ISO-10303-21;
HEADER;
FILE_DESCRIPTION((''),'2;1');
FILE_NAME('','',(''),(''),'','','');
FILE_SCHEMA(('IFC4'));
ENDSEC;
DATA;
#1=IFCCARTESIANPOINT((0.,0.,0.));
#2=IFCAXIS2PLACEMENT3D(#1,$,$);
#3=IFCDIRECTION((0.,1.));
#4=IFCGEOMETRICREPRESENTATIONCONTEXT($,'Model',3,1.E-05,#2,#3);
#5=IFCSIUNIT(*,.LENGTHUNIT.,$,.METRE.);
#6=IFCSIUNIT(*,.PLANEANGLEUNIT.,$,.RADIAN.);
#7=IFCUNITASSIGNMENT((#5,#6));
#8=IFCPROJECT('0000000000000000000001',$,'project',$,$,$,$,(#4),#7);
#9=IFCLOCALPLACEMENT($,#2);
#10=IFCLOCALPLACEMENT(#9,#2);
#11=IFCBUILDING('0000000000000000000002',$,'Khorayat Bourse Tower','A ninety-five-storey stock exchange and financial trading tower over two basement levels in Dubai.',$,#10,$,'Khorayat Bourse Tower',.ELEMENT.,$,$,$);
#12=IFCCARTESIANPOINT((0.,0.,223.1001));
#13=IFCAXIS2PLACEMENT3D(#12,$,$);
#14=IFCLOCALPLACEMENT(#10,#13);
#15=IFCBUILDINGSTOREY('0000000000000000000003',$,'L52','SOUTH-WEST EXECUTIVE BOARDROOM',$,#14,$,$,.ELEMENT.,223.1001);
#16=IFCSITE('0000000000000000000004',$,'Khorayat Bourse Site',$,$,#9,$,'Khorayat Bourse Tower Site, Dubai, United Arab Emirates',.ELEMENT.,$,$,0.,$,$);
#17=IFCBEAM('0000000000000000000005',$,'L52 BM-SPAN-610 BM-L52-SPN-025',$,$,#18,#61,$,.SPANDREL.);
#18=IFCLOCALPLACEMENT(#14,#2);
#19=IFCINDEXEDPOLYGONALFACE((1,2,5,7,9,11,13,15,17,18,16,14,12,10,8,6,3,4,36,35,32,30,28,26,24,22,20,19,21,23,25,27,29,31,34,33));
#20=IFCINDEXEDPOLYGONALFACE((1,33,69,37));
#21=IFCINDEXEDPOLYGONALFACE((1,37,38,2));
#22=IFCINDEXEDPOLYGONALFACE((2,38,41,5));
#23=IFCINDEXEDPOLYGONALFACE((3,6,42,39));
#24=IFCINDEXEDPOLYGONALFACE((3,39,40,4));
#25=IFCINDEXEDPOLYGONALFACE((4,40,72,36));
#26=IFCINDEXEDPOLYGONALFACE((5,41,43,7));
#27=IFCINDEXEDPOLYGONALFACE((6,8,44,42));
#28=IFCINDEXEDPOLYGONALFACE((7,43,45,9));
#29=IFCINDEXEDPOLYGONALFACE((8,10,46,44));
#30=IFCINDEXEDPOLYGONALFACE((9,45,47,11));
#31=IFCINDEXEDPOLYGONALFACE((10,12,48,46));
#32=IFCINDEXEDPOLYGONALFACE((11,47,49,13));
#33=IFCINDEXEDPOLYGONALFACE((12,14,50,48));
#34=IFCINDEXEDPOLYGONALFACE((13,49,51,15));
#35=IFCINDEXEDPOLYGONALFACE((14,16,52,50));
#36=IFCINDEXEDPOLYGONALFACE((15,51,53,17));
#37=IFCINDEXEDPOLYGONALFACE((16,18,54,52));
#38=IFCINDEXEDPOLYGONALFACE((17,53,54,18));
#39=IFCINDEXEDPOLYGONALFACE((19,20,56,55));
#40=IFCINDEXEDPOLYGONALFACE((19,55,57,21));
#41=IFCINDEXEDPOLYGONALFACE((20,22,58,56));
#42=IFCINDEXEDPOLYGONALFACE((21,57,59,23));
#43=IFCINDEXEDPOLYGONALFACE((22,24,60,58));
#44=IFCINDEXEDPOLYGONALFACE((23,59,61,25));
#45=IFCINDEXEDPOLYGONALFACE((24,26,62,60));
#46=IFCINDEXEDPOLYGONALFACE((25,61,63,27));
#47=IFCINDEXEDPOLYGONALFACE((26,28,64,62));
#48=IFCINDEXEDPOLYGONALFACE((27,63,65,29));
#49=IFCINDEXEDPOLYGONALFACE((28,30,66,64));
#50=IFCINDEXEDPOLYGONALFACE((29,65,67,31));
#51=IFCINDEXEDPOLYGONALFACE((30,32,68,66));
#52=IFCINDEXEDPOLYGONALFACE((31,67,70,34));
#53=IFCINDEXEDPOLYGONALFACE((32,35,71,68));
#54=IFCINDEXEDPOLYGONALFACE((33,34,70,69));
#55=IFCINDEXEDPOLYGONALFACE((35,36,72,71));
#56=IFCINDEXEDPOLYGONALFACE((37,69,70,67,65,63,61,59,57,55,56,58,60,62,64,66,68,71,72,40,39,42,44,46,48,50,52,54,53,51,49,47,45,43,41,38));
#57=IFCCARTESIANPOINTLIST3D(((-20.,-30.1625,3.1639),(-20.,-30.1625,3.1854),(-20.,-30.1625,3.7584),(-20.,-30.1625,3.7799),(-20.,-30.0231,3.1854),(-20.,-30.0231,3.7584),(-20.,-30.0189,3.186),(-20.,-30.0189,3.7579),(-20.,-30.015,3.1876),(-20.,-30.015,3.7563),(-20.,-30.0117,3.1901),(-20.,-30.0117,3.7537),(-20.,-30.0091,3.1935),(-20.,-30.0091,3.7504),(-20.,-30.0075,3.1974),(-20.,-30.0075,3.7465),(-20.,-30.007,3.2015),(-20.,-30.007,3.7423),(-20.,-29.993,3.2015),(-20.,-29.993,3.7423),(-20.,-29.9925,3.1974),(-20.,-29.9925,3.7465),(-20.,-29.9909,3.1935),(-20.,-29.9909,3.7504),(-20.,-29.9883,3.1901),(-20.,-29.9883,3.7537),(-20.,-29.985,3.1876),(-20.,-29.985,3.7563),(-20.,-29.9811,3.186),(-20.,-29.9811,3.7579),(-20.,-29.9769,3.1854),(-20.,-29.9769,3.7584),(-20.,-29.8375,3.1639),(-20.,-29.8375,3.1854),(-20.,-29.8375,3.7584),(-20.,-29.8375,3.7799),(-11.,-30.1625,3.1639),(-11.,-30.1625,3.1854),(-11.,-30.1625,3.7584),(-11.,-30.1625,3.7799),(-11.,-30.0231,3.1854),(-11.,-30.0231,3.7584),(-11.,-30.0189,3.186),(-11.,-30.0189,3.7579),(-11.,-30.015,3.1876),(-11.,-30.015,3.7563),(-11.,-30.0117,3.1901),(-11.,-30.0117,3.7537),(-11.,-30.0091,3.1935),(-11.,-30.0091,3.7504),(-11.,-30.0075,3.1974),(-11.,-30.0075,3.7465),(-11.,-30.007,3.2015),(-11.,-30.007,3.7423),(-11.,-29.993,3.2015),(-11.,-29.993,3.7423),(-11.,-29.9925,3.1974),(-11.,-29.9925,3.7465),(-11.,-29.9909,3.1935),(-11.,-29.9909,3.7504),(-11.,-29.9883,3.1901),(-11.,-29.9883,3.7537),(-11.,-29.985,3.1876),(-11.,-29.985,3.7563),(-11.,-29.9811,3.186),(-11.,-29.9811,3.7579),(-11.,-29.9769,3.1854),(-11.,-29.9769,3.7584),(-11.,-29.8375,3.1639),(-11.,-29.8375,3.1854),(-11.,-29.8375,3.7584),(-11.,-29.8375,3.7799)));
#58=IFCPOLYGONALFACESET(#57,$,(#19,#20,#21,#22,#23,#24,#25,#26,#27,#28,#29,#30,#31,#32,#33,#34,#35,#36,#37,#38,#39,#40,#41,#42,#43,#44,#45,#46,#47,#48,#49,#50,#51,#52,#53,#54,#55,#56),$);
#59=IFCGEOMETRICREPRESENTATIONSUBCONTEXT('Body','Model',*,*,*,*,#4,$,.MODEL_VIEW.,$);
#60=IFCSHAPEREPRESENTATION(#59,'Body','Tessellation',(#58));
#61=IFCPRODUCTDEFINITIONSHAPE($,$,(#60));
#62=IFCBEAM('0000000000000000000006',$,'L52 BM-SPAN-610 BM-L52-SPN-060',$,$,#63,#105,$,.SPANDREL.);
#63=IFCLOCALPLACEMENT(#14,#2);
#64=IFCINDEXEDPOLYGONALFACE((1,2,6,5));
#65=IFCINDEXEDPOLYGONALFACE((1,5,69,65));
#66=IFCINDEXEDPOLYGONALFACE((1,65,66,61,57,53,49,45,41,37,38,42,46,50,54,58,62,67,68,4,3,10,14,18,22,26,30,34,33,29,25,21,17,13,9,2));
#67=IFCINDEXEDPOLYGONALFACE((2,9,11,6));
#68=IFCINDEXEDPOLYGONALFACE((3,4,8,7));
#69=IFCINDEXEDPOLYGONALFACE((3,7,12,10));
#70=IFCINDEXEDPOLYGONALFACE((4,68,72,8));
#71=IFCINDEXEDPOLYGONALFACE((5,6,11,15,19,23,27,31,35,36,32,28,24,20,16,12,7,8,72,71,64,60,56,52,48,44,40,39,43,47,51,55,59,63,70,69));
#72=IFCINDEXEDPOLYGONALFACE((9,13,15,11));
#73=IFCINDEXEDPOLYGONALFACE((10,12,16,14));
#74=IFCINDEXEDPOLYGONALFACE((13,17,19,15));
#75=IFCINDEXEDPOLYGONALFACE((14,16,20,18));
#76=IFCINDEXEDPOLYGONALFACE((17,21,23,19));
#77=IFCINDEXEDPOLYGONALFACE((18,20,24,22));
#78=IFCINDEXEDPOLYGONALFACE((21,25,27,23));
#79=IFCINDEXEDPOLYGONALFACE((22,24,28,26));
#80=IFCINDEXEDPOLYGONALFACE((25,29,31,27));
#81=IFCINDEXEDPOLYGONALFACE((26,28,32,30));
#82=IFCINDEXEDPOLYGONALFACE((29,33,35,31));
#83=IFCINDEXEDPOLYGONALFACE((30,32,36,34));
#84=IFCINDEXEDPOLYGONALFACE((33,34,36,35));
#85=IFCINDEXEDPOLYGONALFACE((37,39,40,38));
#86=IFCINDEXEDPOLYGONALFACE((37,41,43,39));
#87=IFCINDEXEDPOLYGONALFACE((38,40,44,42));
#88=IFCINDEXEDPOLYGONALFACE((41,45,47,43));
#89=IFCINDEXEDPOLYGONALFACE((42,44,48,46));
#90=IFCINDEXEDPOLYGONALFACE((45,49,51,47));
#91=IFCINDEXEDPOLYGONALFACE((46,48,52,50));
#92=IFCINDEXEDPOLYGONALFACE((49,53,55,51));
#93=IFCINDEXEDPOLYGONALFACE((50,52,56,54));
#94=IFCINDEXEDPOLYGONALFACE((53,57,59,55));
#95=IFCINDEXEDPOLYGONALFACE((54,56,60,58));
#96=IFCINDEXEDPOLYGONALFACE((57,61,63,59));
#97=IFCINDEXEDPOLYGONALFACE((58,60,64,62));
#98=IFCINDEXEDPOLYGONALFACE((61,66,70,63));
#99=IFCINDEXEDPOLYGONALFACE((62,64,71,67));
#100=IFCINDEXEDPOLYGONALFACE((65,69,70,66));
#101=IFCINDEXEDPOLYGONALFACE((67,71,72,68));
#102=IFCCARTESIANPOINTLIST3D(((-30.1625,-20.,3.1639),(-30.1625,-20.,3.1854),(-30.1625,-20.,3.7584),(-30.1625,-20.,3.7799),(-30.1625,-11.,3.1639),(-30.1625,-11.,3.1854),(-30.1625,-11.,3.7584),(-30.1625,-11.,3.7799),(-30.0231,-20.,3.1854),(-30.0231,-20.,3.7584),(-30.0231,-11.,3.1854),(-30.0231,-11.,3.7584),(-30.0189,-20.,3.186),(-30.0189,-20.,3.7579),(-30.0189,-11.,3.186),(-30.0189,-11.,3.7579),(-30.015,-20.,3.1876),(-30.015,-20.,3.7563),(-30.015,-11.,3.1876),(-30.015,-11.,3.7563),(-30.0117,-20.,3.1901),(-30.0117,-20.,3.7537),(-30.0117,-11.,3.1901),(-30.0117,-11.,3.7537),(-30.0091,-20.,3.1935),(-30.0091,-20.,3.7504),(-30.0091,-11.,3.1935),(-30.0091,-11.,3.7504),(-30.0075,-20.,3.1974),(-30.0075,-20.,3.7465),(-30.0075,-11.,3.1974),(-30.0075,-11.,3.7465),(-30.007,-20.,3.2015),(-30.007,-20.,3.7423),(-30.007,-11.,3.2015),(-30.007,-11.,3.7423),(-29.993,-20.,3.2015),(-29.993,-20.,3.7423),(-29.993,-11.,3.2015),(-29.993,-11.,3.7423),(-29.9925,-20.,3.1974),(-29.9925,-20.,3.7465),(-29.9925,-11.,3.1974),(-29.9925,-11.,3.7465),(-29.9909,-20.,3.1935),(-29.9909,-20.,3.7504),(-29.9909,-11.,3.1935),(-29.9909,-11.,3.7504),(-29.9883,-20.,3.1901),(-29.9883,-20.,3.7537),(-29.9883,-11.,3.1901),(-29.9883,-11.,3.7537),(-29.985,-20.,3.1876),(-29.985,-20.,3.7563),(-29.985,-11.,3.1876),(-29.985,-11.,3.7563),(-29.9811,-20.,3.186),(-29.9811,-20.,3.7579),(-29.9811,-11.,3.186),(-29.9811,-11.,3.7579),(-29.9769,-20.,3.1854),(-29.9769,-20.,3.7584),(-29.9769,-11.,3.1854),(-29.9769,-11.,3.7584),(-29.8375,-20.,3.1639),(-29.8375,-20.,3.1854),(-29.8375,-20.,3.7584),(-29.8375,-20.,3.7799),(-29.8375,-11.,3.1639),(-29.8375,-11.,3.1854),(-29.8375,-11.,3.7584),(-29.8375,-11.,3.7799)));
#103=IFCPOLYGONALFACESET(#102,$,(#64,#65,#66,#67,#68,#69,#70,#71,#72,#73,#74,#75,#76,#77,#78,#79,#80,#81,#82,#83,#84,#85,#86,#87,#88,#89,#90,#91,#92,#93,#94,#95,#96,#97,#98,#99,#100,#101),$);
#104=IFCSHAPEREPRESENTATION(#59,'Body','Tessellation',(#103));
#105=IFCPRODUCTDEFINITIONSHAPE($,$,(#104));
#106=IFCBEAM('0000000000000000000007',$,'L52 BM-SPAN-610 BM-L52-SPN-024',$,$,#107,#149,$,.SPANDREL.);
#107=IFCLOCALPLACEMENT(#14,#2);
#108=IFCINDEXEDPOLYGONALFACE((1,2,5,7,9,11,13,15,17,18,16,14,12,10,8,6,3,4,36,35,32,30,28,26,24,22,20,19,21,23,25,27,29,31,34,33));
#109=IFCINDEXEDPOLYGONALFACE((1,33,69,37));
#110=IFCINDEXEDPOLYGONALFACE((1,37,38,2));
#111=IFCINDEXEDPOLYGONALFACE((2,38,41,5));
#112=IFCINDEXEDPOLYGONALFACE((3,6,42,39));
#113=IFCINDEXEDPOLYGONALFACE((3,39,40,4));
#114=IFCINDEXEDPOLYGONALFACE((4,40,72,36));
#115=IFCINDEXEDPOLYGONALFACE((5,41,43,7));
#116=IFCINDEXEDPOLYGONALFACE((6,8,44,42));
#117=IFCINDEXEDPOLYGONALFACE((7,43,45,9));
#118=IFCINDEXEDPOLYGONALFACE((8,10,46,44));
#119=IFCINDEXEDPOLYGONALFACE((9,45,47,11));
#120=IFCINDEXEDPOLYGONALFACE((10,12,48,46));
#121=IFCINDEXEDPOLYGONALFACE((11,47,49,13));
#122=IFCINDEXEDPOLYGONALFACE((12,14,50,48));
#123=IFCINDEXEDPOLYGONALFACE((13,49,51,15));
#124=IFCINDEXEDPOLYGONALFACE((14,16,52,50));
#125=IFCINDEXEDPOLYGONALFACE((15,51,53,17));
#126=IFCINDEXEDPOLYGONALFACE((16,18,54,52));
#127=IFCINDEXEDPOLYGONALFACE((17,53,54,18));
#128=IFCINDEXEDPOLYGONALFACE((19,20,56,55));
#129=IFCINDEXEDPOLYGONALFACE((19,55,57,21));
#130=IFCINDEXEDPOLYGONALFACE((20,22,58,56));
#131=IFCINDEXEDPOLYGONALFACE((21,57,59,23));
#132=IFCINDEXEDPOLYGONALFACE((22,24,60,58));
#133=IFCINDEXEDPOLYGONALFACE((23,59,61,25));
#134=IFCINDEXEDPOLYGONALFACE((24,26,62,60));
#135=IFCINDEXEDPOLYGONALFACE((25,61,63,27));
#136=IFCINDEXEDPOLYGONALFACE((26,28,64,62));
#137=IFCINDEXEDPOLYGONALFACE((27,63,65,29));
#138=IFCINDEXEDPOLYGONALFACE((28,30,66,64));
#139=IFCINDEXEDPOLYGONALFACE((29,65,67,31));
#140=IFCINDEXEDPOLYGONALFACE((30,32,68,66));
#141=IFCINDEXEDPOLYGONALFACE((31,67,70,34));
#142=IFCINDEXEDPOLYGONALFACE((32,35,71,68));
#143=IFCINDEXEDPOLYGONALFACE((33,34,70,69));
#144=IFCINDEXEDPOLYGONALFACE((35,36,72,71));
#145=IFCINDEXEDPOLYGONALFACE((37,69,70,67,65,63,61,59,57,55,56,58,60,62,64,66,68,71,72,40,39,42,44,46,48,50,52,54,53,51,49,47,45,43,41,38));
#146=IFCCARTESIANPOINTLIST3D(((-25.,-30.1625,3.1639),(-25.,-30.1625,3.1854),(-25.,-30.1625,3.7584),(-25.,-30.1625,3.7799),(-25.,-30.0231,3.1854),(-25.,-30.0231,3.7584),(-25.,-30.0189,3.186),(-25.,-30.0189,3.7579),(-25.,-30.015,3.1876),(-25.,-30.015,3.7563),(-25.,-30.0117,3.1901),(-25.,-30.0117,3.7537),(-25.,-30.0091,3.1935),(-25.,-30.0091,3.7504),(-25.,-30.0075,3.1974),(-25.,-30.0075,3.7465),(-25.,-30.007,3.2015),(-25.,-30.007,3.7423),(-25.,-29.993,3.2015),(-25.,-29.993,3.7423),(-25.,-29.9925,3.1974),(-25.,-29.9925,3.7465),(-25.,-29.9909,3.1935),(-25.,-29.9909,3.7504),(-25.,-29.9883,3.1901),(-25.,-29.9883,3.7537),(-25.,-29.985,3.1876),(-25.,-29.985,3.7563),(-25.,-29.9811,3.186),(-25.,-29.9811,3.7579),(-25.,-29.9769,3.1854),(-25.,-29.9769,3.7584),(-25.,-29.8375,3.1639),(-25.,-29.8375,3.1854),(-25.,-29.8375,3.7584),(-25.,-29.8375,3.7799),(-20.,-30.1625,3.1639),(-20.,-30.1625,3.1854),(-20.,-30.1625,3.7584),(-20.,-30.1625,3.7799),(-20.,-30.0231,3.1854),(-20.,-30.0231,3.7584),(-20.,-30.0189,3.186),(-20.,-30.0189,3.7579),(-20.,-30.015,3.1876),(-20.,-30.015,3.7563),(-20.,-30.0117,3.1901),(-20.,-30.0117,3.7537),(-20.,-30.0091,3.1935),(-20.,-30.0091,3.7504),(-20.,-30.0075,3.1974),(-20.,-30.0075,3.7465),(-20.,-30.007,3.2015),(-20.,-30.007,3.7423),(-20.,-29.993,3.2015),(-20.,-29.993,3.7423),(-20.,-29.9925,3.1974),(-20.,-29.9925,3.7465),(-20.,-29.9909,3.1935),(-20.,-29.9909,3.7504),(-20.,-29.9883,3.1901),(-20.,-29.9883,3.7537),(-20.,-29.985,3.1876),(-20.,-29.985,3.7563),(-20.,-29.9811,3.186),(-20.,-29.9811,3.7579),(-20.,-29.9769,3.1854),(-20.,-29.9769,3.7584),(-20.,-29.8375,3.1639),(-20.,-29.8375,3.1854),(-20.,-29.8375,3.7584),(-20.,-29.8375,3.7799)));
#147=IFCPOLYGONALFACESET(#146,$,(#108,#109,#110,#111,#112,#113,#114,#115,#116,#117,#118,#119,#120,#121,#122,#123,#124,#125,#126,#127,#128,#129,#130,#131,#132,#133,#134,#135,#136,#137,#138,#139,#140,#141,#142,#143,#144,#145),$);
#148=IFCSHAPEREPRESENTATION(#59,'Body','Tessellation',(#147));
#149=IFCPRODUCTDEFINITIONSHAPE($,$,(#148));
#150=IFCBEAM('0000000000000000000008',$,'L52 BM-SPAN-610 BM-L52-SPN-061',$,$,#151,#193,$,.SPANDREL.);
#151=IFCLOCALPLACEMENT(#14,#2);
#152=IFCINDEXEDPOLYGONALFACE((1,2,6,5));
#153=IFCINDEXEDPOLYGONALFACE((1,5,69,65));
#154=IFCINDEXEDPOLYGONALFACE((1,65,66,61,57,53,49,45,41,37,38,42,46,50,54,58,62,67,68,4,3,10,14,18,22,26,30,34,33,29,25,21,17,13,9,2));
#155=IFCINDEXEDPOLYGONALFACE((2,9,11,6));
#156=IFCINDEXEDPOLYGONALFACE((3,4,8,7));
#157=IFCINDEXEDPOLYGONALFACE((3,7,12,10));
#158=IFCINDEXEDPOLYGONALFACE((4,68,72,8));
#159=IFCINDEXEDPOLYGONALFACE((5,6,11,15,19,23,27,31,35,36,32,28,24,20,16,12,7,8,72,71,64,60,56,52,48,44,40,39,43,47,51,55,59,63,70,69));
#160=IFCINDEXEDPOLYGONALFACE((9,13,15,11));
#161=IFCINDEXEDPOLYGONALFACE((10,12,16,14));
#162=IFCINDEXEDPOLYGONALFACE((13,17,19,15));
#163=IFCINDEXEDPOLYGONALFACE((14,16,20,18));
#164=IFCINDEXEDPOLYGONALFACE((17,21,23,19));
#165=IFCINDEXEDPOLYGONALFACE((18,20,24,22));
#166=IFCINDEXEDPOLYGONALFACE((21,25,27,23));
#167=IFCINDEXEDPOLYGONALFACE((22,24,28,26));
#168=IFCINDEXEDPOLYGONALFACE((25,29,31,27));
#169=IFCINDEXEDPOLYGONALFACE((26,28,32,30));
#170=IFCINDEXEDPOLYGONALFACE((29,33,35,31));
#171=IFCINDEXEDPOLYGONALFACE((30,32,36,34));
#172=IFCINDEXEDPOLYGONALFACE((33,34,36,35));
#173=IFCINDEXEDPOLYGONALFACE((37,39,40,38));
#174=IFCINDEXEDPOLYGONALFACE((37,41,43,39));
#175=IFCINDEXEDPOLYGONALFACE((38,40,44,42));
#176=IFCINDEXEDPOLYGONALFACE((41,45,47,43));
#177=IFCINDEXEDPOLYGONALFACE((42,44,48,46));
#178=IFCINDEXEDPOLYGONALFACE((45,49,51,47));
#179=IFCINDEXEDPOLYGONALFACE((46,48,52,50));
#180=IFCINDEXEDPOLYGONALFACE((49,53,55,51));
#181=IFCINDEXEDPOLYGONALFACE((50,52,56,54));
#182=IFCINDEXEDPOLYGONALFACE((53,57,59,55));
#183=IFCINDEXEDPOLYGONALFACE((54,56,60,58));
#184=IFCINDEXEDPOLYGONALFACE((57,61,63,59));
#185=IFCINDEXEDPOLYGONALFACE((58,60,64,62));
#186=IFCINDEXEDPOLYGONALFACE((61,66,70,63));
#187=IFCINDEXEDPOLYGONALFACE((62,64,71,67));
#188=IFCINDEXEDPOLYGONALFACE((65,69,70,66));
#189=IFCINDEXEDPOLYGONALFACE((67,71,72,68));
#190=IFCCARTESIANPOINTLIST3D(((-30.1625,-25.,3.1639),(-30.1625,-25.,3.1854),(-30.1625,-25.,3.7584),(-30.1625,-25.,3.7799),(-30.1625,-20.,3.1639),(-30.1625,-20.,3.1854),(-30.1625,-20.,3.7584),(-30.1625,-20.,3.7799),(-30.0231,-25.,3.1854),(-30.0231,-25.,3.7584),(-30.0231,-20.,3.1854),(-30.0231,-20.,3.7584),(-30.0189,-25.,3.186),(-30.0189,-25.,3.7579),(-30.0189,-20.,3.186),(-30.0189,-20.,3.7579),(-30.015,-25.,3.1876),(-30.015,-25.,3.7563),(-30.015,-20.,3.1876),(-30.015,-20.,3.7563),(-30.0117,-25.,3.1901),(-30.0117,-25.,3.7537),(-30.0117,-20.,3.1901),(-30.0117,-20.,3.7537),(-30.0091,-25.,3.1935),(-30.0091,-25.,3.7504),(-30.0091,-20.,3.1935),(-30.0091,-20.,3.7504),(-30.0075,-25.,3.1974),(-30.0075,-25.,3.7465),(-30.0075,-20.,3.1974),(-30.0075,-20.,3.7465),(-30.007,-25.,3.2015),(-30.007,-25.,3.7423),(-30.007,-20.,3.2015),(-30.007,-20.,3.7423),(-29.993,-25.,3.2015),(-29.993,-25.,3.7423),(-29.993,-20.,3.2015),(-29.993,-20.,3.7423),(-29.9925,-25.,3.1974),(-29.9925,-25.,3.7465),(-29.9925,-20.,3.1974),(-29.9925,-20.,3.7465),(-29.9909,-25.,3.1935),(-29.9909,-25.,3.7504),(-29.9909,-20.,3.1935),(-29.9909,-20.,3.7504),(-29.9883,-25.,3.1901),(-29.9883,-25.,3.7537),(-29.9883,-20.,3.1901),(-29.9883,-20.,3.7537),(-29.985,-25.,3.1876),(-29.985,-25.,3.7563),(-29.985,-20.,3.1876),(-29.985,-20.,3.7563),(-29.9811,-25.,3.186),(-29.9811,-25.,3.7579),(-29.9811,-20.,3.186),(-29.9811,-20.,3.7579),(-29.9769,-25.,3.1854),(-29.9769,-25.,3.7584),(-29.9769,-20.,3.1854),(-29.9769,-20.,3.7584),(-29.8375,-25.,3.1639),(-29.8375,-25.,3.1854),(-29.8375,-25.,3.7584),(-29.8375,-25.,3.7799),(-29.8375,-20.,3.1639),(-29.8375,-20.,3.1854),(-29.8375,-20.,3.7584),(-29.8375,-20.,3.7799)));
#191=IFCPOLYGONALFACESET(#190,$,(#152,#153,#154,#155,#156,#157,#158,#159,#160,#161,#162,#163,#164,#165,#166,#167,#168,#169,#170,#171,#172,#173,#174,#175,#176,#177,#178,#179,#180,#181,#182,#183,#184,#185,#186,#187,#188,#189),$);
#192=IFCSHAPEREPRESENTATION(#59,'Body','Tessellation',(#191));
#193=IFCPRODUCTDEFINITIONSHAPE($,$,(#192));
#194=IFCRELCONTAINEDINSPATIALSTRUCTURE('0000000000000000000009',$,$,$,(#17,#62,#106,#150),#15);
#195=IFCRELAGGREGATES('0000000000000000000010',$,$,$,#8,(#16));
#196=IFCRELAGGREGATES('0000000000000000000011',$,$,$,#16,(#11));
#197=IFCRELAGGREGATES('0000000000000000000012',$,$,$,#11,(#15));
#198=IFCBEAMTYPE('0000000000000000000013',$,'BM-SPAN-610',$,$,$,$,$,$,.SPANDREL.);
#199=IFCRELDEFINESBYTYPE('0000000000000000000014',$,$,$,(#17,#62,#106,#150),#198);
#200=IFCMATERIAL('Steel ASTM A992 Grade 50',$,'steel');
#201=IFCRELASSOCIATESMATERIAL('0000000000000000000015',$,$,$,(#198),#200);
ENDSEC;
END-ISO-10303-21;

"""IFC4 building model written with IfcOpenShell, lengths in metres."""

from ifc_helpers import new_model, si_unit, direction, frame, origin, origin_2d, place, context, subcontext, project, spatial, i_section, extrude, source, transform, mapped, material, material_profile, profile_set, type_object, element, save


model = new_model("IFC4")

# Units and contexts
model_context = context("Model", 3, precision=1e-05, world=origin(), true_north=direction((0.0, 1.0)))
body_context = subcontext(model_context, "Body", "Model", "MODEL_VIEW")
ifc_project = project(units=[si_unit("LENGTHUNIT", "METRE"), si_unit("PLANEANGLEUNIT", "RADIAN")], contexts=[model_context])

# Site, building, storey
site_placement = place(None, origin())
site = spatial("IfcSite", under=ifc_project, at=site_placement, Name="Khorayat Bourse Site", LongName="Khorayat Bourse Tower Site, Dubai, United Arab Emirates", CompositionType="ELEMENT", RefElevation=0.0)
building_placement = place(site_placement, origin())
building = spatial("IfcBuilding", under=site, at=building_placement, Name="Khorayat Bourse Tower", Description="A ninety-five-storey stock exchange and financial trading tower over two basement levels in Dubai.", LongName="Khorayat Bourse Tower", CompositionType="ELEMENT")
storey_placement = place(building_placement, frame((0.0, 0.0, 223.1001)))
storey = spatial("IfcBuildingStorey", under=building, at=storey_placement, Name="L52", Description="SOUTH-WEST EXECUTIVE BOARDROOM", CompositionType="ELEMENT", Elevation=223.1001)

# Beams
ifc_material_1 = material(Name="Steel ASTM A992 Grade 50", Category="steel")
ifc_material_profile_1 = material_profile(ifc_material_1, i_section(OverallWidth=0.325, OverallDepth=0.616, WebThickness=0.0139, FlangeThickness=0.0215, FilletRadius=0.0161, at=origin_2d()), Name="W610X174")
ifc_profile_set_1 = profile_set([ifc_material_profile_1], Name="Steel ASTM A992 Grade 50")
beam_type_1 = type_object("IfcBeamType", Name="BM-SPAN-610", PredefinedType="SPANDREL", material=ifc_profile_set_1)
shared_shape_1 = source(origin(), body_context, "Body", "SweptSolid", [
    extrude(i_section(OverallWidth=0.325, OverallDepth=0.616, WebThickness=0.0139, FlangeThickness=0.0215, FilletRadius=0.0161, at=origin_2d()), origin(), (0.0, 0.0, 1.0), 9.0),
])
for number, where, z_axis, x_axis, name in (
    (1, (-20.0, -30.0, 3.4719), (1.0, 0.0, 0.0), (0.0, 1.0, 0.0), "L52 BM-SPAN-610 BM-L52-SPN-025"),
    (2, (-30.0, -20.0, 3.4719), (0.0, 1.0, 0.0), (-1.0, 0.0, 0.0), "L52 BM-SPAN-610 BM-L52-SPN-060"),
):
    element("IfcBeam", number, at=place(storey_placement, frame(where, z_axis=z_axis, x_axis=x_axis)), inside=storey, type_object=beam_type_1, Name=name, PredefinedType="SPANDREL", context=body_context, shape_type="MappedRepresentation", body=[
        mapped(shared_shape_1, transform((0.0, 0.0, 0.0), scale=1.0)),
    ])
shared_shape_2 = source(origin(), body_context, "Body", "SweptSolid", [
    extrude(i_section(OverallWidth=0.325, OverallDepth=0.616, WebThickness=0.0139, FlangeThickness=0.0215, FilletRadius=0.0161, at=origin_2d()), origin(), (0.0, 0.0, 1.0), 5.0),
])
for number, where, z_axis, x_axis, name in (
    (3, (-25.0, -30.0, 3.4719), (1.0, 0.0, 0.0), (0.0, 1.0, 0.0), "L52 BM-SPAN-610 BM-L52-SPN-024"),
    (4, (-30.0, -25.0, 3.4719), (0.0, 1.0, 0.0), (-1.0, 0.0, 0.0), "L52 BM-SPAN-610 BM-L52-SPN-061"),
):
    element("IfcBeam", number, at=place(storey_placement, frame(where, z_axis=z_axis, x_axis=x_axis)), inside=storey, type_object=beam_type_1, Name=name, PredefinedType="SPANDREL", context=body_context, shape_type="MappedRepresentation", body=[
        mapped(shared_shape_2, transform((0.0, 0.0, 0.0), scale=1.0)),
    ])

save(model, "model.ifc")
